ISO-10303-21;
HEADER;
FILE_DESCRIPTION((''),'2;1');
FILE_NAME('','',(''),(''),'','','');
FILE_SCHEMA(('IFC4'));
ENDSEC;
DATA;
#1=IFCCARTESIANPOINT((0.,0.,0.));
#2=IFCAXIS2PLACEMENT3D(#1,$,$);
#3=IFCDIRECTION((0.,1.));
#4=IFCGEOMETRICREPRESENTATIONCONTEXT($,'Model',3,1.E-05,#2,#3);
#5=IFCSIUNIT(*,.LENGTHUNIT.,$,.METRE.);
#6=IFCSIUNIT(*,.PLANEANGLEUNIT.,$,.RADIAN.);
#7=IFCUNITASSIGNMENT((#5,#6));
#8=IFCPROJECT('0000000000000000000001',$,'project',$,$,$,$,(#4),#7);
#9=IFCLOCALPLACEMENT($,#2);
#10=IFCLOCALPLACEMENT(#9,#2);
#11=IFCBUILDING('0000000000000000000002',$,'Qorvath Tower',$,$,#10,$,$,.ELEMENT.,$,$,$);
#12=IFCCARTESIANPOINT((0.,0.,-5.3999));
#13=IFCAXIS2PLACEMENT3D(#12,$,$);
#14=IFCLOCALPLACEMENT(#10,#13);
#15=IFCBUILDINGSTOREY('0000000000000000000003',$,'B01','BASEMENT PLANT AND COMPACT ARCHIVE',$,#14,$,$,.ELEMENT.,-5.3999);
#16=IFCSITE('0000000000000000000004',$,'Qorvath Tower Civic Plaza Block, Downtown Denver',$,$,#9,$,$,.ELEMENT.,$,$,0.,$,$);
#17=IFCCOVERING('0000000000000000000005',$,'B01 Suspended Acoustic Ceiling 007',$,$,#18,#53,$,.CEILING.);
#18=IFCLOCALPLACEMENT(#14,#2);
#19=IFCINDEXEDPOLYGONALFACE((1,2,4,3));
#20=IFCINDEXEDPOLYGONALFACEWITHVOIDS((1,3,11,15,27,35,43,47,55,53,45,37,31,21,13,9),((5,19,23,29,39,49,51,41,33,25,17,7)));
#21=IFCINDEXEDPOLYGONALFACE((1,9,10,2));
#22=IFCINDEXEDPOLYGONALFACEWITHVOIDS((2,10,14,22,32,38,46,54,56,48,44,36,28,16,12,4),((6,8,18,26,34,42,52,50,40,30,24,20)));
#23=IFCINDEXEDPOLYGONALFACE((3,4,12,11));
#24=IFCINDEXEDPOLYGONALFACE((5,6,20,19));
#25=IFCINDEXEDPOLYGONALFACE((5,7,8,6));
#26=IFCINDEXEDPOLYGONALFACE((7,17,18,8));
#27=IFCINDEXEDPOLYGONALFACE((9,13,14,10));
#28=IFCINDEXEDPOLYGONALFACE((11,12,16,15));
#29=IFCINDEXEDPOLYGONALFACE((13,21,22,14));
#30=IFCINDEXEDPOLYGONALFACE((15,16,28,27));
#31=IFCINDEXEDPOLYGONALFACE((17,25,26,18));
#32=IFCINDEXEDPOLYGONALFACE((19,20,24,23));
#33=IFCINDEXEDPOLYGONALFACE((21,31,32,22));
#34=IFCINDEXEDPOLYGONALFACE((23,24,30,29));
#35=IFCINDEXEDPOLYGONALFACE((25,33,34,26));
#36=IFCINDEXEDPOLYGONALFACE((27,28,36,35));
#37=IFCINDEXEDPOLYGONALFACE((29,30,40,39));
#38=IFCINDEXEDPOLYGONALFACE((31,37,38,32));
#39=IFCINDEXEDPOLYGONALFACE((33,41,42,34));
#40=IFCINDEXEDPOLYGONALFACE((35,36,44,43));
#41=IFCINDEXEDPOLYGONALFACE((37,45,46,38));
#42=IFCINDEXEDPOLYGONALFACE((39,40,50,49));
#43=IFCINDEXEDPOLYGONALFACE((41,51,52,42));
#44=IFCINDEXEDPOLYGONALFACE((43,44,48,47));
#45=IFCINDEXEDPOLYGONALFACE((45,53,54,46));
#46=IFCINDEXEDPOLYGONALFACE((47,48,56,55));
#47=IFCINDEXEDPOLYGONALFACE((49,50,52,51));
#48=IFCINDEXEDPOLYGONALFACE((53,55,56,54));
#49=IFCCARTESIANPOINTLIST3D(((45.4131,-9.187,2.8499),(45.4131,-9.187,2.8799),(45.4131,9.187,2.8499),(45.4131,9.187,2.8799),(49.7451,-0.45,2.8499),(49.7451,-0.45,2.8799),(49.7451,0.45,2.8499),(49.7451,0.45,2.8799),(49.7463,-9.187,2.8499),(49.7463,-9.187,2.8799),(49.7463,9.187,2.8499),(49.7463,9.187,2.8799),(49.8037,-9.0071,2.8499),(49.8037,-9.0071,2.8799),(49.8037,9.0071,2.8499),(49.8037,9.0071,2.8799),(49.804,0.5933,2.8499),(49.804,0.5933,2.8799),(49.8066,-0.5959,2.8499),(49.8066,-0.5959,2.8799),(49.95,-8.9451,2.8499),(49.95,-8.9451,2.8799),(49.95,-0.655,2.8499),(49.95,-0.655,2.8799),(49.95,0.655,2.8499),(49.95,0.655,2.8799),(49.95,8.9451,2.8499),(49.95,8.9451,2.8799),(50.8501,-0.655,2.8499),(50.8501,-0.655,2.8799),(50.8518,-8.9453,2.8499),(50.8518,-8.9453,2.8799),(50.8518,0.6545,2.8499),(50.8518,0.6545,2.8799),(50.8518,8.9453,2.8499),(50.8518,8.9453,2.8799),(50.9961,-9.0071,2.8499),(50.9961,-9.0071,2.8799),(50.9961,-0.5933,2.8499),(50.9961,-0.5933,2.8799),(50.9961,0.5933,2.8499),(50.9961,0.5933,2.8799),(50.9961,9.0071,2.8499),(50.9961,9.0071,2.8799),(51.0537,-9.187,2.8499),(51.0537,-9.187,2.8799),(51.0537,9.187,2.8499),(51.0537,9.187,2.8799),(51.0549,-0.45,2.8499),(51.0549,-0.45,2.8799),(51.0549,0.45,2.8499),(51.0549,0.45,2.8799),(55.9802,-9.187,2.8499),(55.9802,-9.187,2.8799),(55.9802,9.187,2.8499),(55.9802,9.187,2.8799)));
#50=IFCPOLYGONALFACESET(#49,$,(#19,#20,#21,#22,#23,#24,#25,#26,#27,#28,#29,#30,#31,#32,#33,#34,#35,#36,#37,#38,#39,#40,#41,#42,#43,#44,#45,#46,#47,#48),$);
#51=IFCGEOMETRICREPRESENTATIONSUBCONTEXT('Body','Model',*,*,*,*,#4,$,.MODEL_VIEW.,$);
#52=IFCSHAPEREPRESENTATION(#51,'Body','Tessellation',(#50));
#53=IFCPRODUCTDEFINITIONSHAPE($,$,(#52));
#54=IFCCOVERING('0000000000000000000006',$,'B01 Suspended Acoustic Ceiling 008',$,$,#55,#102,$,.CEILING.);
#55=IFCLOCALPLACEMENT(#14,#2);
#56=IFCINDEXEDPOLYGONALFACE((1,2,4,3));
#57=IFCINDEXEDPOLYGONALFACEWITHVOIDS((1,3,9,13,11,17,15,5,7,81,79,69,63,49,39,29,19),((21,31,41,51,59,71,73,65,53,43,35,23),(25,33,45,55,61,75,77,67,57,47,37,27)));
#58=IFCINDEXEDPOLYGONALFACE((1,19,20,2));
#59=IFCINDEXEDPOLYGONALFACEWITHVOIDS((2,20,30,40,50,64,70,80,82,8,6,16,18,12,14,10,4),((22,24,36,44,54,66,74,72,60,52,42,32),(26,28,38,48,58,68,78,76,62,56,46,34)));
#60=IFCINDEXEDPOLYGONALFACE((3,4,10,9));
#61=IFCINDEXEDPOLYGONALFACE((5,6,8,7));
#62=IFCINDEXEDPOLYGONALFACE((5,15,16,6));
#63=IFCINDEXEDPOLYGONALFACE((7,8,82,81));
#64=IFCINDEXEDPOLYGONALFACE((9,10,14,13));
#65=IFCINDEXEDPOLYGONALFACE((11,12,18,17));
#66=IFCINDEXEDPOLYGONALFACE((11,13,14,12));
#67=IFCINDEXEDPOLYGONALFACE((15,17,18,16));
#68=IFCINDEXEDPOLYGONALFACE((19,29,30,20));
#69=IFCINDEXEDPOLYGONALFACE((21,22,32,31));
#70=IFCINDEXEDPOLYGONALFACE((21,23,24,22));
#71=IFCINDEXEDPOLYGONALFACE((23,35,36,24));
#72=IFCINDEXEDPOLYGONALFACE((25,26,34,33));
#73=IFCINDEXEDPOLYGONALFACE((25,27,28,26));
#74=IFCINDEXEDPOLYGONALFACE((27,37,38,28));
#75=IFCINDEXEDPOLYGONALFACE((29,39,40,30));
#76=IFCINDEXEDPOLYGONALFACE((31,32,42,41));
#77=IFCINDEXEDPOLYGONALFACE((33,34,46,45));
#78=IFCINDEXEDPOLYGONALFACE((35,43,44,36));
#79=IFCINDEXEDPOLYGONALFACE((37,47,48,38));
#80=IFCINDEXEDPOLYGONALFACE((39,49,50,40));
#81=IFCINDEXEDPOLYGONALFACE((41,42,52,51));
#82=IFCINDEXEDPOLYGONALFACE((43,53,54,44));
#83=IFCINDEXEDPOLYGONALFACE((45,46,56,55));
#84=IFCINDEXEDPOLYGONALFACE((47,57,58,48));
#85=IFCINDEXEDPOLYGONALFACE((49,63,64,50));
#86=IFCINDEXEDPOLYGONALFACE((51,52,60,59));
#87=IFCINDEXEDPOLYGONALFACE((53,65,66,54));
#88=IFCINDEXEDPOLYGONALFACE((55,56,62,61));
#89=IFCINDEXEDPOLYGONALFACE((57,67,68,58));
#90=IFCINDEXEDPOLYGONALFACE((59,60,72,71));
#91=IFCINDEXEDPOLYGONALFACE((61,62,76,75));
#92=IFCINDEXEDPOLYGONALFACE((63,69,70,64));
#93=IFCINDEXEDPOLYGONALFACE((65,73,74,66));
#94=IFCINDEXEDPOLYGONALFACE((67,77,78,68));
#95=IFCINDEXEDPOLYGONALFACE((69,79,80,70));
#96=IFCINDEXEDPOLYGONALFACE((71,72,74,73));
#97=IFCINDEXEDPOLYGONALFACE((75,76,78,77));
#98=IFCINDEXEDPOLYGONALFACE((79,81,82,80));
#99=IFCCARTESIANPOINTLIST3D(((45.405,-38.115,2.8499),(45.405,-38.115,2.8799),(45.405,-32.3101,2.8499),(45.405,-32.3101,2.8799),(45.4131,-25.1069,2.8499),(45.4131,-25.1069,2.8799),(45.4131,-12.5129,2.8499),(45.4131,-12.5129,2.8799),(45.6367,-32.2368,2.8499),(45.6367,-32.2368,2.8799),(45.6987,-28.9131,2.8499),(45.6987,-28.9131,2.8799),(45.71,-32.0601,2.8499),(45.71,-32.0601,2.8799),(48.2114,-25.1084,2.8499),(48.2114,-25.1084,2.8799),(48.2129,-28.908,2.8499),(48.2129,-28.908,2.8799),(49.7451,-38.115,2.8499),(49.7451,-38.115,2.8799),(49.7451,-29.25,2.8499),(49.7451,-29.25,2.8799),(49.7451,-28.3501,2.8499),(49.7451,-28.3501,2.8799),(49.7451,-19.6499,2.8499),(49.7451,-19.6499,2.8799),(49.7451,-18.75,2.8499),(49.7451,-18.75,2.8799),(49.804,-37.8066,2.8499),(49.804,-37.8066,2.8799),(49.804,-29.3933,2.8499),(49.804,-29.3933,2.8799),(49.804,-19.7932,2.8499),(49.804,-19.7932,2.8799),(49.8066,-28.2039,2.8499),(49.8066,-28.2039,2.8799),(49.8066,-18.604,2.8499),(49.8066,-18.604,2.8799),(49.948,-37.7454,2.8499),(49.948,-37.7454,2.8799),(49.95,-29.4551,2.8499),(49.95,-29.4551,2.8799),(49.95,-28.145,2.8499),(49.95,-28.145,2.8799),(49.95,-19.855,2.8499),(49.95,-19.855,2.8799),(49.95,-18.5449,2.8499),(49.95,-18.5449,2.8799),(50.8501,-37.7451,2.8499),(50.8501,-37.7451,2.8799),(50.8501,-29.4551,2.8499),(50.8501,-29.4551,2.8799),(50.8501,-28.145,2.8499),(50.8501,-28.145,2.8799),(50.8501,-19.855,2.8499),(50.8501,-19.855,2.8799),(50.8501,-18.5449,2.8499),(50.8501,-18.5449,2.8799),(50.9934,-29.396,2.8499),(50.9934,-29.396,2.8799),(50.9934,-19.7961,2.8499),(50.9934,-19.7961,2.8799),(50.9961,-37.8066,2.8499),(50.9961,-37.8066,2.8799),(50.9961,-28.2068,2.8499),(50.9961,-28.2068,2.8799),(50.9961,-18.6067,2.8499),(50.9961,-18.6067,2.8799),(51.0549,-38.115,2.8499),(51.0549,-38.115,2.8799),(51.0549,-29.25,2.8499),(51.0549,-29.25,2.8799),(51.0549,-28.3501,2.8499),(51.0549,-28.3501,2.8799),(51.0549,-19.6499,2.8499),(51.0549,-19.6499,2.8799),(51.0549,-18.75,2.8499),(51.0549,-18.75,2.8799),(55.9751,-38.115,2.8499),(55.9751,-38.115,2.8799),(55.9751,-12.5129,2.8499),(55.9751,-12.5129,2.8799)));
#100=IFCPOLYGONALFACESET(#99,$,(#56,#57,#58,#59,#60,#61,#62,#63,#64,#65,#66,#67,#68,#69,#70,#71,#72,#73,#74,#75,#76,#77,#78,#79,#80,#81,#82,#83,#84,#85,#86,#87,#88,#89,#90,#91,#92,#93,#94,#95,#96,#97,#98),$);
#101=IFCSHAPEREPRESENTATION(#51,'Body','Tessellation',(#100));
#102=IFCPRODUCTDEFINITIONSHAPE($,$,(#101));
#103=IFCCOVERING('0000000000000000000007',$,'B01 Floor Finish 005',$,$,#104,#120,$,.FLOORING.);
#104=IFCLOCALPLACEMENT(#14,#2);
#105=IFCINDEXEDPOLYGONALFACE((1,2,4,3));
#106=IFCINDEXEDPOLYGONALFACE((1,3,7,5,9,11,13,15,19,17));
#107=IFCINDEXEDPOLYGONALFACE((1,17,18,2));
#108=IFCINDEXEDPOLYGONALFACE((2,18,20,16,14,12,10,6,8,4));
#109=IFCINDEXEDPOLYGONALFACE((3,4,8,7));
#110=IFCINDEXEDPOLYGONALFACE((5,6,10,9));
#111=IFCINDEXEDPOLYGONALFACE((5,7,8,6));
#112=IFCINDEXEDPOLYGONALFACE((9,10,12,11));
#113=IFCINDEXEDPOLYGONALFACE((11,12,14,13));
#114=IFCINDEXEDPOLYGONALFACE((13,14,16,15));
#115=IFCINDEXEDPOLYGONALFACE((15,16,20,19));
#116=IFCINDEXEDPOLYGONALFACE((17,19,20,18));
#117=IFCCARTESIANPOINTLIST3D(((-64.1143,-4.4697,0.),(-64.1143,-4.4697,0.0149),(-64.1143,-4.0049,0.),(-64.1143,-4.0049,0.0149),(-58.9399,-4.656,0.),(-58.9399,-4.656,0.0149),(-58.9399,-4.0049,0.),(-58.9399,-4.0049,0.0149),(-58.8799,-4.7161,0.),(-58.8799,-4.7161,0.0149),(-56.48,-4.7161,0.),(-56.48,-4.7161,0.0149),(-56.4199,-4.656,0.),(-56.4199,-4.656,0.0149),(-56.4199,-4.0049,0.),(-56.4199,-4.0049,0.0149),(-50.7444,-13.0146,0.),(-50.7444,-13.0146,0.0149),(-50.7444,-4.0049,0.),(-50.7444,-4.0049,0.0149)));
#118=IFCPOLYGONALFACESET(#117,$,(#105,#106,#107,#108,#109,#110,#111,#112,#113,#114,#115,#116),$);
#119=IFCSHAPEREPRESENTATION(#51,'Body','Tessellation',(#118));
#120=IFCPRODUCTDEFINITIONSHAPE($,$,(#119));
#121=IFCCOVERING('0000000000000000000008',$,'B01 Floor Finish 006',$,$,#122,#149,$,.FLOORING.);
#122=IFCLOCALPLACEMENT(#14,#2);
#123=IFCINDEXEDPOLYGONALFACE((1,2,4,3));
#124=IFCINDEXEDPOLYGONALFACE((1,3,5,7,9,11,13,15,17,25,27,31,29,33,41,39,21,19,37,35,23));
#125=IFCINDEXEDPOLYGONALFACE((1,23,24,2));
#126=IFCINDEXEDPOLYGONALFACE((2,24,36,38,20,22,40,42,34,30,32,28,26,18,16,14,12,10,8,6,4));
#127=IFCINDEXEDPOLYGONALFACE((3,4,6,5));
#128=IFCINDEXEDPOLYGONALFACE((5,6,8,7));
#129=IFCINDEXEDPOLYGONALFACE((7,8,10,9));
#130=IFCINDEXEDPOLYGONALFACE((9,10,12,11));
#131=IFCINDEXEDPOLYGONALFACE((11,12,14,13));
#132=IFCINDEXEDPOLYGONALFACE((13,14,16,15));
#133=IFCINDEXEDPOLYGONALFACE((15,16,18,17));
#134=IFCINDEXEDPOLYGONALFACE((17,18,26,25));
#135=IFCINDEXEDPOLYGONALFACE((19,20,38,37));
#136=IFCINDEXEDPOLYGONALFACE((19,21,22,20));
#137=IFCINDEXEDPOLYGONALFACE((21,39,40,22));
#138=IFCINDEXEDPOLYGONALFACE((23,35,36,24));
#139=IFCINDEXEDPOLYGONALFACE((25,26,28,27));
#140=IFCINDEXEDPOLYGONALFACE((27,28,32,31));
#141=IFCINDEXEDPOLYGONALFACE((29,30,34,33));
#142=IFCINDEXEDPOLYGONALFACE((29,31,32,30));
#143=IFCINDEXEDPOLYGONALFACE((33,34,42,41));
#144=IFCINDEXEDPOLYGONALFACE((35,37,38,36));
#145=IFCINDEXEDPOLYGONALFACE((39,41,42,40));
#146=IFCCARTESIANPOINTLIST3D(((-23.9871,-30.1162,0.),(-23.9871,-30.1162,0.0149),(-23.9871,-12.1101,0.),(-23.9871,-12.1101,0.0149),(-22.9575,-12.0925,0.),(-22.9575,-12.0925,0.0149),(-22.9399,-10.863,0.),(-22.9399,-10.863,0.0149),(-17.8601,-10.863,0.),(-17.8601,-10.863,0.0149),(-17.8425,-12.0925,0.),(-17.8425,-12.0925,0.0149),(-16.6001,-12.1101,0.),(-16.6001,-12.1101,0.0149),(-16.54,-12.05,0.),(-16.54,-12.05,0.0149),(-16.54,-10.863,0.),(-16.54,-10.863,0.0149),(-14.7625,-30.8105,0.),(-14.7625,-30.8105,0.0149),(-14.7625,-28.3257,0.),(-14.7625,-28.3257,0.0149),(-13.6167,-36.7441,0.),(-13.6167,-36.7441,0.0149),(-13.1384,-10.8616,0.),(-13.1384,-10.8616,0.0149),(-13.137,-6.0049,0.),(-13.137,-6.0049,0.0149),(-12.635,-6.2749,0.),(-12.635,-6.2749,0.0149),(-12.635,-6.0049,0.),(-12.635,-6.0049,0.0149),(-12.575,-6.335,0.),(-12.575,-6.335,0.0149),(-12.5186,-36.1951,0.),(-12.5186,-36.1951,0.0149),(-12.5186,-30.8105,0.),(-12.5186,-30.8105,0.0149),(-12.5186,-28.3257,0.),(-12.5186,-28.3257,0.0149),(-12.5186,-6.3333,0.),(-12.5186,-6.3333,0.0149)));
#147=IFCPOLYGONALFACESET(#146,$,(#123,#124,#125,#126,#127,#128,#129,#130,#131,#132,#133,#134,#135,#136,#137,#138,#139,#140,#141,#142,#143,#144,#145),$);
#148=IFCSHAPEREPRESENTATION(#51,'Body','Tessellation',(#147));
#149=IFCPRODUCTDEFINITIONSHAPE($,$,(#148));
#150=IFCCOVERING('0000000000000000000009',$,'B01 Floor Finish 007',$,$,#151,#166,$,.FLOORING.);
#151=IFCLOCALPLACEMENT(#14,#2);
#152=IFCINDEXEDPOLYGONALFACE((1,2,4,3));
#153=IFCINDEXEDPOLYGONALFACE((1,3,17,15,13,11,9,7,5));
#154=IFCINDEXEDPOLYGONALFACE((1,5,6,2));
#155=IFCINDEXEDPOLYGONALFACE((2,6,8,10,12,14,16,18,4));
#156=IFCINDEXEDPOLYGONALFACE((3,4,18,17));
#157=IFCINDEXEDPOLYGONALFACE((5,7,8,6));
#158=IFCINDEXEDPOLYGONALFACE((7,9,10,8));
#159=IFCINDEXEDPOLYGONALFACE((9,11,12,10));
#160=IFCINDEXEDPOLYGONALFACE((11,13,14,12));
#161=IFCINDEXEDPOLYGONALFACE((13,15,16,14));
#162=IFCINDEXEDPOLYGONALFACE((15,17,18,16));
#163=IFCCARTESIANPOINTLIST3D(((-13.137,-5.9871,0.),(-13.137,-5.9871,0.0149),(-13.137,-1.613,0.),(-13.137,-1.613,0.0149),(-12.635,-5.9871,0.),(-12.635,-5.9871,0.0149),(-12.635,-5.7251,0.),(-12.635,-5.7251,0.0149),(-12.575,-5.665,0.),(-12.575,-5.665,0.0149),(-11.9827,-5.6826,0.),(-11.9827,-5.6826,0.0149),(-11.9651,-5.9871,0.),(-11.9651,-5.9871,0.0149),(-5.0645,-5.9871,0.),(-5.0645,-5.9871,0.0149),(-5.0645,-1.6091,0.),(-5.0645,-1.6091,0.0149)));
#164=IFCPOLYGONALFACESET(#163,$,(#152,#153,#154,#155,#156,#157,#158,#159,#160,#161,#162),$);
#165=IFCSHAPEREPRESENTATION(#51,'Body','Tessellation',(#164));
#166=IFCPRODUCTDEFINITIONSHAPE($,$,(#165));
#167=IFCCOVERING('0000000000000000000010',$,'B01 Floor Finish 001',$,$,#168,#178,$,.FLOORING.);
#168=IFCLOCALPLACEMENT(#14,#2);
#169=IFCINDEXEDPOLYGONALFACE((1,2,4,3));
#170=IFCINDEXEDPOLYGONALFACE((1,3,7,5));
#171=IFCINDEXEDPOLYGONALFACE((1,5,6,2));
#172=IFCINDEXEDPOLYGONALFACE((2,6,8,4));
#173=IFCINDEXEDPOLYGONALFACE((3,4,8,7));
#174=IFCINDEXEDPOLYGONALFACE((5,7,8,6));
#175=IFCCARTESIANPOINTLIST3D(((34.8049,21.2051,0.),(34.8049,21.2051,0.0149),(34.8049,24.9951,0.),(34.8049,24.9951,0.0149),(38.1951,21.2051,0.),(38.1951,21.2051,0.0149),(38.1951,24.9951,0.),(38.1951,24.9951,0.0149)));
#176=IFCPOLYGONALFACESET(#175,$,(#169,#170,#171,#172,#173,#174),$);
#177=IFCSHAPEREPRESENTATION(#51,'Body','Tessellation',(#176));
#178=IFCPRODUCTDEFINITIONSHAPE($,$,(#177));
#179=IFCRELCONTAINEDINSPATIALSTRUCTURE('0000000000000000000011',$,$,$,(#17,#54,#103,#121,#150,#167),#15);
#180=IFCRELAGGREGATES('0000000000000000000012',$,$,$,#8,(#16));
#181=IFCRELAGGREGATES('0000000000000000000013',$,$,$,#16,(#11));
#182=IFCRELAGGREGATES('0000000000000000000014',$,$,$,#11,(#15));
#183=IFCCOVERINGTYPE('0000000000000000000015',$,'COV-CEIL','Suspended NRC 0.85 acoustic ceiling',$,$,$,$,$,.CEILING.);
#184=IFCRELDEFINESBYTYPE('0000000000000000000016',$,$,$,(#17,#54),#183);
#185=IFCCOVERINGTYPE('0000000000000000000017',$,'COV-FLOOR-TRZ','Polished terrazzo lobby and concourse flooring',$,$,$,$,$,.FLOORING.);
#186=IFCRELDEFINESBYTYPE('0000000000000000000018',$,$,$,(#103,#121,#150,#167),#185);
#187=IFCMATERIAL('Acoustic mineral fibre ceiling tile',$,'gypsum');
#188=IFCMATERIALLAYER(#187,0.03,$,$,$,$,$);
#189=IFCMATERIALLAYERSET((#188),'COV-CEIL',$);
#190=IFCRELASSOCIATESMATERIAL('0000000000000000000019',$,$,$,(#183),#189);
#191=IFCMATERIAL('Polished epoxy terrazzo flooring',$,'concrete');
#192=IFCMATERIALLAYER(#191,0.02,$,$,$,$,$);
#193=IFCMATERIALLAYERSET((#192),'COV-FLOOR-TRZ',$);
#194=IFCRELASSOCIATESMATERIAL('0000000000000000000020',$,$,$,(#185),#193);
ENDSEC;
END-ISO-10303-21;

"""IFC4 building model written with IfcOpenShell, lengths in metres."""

from ifc_helpers import new_model, si_unit, direction, frame, origin, place, context, subcontext, project, spatial, polyline, outline, extrude, material, layer, layer_set, type_object, element, save


model = new_model("IFC4")

# Units and contexts
model_context = context("Model", 3, precision=1e-05, world=origin(), true_north=direction((0.0, 1.0)))
body_context = subcontext(model_context, "Body", "Model", "MODEL_VIEW")
ifc_project = project(units=[si_unit("LENGTHUNIT", "METRE"), si_unit("PLANEANGLEUNIT", "RADIAN")], contexts=[model_context])

# Site, building, storey
site_placement = place(None, origin())
site = spatial("IfcSite", under=ifc_project, at=site_placement, Name="Qorvath Tower Civic Plaza Block, Downtown Denver", CompositionType="ELEMENT", RefElevation=0.0)
building_placement = place(site_placement, origin())
building = spatial("IfcBuilding", under=site, at=building_placement, Name="Qorvath Tower", CompositionType="ELEMENT")
storey_placement = place(building_placement, frame((0.0, 0.0, -5.3999)))
storey = spatial("IfcBuildingStorey", under=building, at=storey_placement, Name="B01", Description="BASEMENT PLANT AND COMPACT ARCHIVE", CompositionType="ELEMENT", Elevation=-5.3999)

# Coverings
ifc_material_1 = material(Name="Acoustic mineral fibre ceiling tile", Category="gypsum")
ifc_layer_1 = layer(ifc_material_1, 0.03)
ifc_layer_set_1 = layer_set([ifc_layer_1], Name="COV-CEIL")
covering_type_1 = type_object("IfcCoveringType", Name="COV-CEIL", Description="Suspended NRC 0.85 acoustic ceiling", PredefinedType="CEILING", material=ifc_layer_set_1)
covering_1_placement = place(storey_placement, frame((0.0, 0.0, 2.8499)))
element("IfcCovering", 1, at=covering_1_placement, inside=storey, type_object=covering_type_1, Name="B01 Suspended Acoustic Ceiling 007", PredefinedType="CEILING", context=body_context, shape_type="SweptSolid", body=[
    extrude(outline(polyline([(55.9802, -9.187), (55.9802, 9.187), (51.0537, 9.187), (50.9961, 9.0071), (50.8518, 8.9453), (49.95, 8.9451), (49.8037, 9.0071), (49.7463, 9.187), (45.4131, 9.187), (45.4131, -9.187), (49.7463, -9.187), (49.8037, -9.0071), (49.95, -8.9451), (50.8518, -8.9453), (50.9961, -9.0071), (51.0537, -9.187), (55.9802, -9.187)]), holes=[polyline([(50.8518, 0.6545), (50.9961, 0.5933), (51.0549, 0.45), (51.0549, -0.45), (50.9961, -0.5933), (50.8501, -0.655), (49.95, -0.655), (49.8066, -0.5959), (49.7451, -0.45), (49.7451, 0.45), (49.804, 0.5933), (49.95, 0.655), (50.8518, 0.6545)])]), origin(), (0.0, 0.0, 1.0), 0.03),
])
covering_2_placement = place(storey_placement, frame((0.0, 0.0, 2.8499)))
element("IfcCovering", 2, at=covering_2_placement, inside=storey, type_object=covering_type_1, Name="B01 Suspended Acoustic Ceiling 008", PredefinedType="CEILING", context=body_context, shape_type="SweptSolid", body=[
    extrude(outline(polyline([(55.9751, -38.115), (55.9751, -12.5129), (45.4131, -12.5129), (45.4131, -25.1069), (48.2114, -25.1084), (48.2129, -28.908), (45.6987, -28.9131), (45.71, -32.0601), (45.6367, -32.2368), (45.405, -32.3101), (45.405, -38.115), (49.7451, -38.115), (49.804, -37.8066), (49.948, -37.7454), (50.8501, -37.7451), (50.9961, -37.8066), (51.0549, -38.115), (55.9751, -38.115)]), holes=[polyline([(50.9961, -28.2068), (51.0549, -28.3501), (51.0549, -29.25), (50.9934, -29.396), (50.8501, -29.4551), (49.95, -29.4551), (49.804, -29.3933), (49.7451, -29.25), (49.7451, -28.3501), (49.8066, -28.2039), (49.95, -28.145), (50.8501, -28.145), (50.9961, -28.2068)]), polyline([(50.9961, -18.6067), (51.0549, -18.75), (51.0549, -19.6499), (50.9934, -19.7961), (50.8501, -19.855), (49.95, -19.855), (49.804, -19.7932), (49.7451, -19.6499), (49.7451, -18.75), (49.8066, -18.604), (49.95, -18.5449), (50.8501, -18.5449), (50.9961, -18.6067)])]), origin(), (0.0, 0.0, 1.0), 0.03),
])
ifc_material_2 = material(Name="Polished epoxy terrazzo flooring", Category="concrete")
ifc_layer_2 = layer(ifc_material_2, 0.02)
ifc_layer_set_2 = layer_set([ifc_layer_2], Name="COV-FLOOR-TRZ")
covering_type_2 = type_object("IfcCoveringType", Name="COV-FLOOR-TRZ", Description="Polished terrazzo lobby and concourse flooring", PredefinedType="FLOORING", material=ifc_layer_set_2)
covering_3_placement = place(storey_placement, origin())
element("IfcCovering", 3, at=covering_3_placement, inside=storey, type_object=covering_type_2, Name="B01 Floor Finish 005", PredefinedType="FLOORING", context=body_context, shape_type="SweptSolid", body=[
    extrude(outline(polyline([(-58.9399, -4.656), (-58.9399, -4.0049), (-64.1143, -4.0049), (-64.1143, -4.4697), (-50.7444, -13.0146), (-50.7444, -4.0049), (-56.4199, -4.0049), (-56.4199, -4.656), (-56.48, -4.7161), (-58.8799, -4.7161), (-58.9399, -4.656)])), origin(), (0.0, 0.0, 1.0), 0.0149),
])
covering_4_placement = place(storey_placement, origin())
element("IfcCovering", 4, at=covering_4_placement, inside=storey, type_object=covering_type_2, Name="B01 Floor Finish 006", PredefinedType="FLOORING", context=body_context, shape_type="SweptSolid", body=[
    extrude(outline(polyline([(-12.5186, -36.1951), (-12.5186, -30.8105), (-14.7625, -30.8105), (-14.7625, -28.3257), (-12.5186, -28.3257), (-12.5186, -6.3333), (-12.575, -6.335), (-12.635, -6.2749), (-12.635, -6.0049), (-13.137, -6.0049), (-13.1384, -10.8616), (-16.54, -10.863), (-16.54, -12.05), (-16.6001, -12.1101), (-17.8425, -12.0925), (-17.8601, -10.863), (-22.9399, -10.863), (-22.9575, -12.0925), (-23.9871, -12.1101), (-23.9871, -30.1162), (-13.6167, -36.7441), (-12.5186, -36.1951)])), origin(), (0.0, 0.0, 1.0), 0.0149),
])
covering_5_placement = place(storey_placement, origin())
element("IfcCovering", 5, at=covering_5_placement, inside=storey, type_object=covering_type_2, Name="B01 Floor Finish 007", PredefinedType="FLOORING", context=body_context, shape_type="SweptSolid", body=[
    extrude(outline(polyline([(-5.0645, -5.9871), (-5.0645, -1.6091), (-13.137, -1.613), (-13.137, -5.9871), (-12.635, -5.9871), (-12.635, -5.7251), (-12.575, -5.665), (-11.9827, -5.6826), (-11.9651, -5.9871), (-5.0645, -5.9871)])), origin(), (0.0, 0.0, 1.0), 0.0149),
])
covering_6_placement = place(storey_placement, origin())
element("IfcCovering", 6, at=covering_6_placement, inside=storey, type_object=covering_type_2, Name="B01 Floor Finish 001", PredefinedType="FLOORING", context=body_context, shape_type="SweptSolid", body=[
    extrude(outline(polyline([(38.1951, 24.9951), (34.8049, 24.9951), (34.8049, 21.2051), (38.1951, 21.2051), (38.1951, 24.9951)])), origin(), (0.0, 0.0, 1.0), 0.0149),
])

save(model, "model.ifc")
